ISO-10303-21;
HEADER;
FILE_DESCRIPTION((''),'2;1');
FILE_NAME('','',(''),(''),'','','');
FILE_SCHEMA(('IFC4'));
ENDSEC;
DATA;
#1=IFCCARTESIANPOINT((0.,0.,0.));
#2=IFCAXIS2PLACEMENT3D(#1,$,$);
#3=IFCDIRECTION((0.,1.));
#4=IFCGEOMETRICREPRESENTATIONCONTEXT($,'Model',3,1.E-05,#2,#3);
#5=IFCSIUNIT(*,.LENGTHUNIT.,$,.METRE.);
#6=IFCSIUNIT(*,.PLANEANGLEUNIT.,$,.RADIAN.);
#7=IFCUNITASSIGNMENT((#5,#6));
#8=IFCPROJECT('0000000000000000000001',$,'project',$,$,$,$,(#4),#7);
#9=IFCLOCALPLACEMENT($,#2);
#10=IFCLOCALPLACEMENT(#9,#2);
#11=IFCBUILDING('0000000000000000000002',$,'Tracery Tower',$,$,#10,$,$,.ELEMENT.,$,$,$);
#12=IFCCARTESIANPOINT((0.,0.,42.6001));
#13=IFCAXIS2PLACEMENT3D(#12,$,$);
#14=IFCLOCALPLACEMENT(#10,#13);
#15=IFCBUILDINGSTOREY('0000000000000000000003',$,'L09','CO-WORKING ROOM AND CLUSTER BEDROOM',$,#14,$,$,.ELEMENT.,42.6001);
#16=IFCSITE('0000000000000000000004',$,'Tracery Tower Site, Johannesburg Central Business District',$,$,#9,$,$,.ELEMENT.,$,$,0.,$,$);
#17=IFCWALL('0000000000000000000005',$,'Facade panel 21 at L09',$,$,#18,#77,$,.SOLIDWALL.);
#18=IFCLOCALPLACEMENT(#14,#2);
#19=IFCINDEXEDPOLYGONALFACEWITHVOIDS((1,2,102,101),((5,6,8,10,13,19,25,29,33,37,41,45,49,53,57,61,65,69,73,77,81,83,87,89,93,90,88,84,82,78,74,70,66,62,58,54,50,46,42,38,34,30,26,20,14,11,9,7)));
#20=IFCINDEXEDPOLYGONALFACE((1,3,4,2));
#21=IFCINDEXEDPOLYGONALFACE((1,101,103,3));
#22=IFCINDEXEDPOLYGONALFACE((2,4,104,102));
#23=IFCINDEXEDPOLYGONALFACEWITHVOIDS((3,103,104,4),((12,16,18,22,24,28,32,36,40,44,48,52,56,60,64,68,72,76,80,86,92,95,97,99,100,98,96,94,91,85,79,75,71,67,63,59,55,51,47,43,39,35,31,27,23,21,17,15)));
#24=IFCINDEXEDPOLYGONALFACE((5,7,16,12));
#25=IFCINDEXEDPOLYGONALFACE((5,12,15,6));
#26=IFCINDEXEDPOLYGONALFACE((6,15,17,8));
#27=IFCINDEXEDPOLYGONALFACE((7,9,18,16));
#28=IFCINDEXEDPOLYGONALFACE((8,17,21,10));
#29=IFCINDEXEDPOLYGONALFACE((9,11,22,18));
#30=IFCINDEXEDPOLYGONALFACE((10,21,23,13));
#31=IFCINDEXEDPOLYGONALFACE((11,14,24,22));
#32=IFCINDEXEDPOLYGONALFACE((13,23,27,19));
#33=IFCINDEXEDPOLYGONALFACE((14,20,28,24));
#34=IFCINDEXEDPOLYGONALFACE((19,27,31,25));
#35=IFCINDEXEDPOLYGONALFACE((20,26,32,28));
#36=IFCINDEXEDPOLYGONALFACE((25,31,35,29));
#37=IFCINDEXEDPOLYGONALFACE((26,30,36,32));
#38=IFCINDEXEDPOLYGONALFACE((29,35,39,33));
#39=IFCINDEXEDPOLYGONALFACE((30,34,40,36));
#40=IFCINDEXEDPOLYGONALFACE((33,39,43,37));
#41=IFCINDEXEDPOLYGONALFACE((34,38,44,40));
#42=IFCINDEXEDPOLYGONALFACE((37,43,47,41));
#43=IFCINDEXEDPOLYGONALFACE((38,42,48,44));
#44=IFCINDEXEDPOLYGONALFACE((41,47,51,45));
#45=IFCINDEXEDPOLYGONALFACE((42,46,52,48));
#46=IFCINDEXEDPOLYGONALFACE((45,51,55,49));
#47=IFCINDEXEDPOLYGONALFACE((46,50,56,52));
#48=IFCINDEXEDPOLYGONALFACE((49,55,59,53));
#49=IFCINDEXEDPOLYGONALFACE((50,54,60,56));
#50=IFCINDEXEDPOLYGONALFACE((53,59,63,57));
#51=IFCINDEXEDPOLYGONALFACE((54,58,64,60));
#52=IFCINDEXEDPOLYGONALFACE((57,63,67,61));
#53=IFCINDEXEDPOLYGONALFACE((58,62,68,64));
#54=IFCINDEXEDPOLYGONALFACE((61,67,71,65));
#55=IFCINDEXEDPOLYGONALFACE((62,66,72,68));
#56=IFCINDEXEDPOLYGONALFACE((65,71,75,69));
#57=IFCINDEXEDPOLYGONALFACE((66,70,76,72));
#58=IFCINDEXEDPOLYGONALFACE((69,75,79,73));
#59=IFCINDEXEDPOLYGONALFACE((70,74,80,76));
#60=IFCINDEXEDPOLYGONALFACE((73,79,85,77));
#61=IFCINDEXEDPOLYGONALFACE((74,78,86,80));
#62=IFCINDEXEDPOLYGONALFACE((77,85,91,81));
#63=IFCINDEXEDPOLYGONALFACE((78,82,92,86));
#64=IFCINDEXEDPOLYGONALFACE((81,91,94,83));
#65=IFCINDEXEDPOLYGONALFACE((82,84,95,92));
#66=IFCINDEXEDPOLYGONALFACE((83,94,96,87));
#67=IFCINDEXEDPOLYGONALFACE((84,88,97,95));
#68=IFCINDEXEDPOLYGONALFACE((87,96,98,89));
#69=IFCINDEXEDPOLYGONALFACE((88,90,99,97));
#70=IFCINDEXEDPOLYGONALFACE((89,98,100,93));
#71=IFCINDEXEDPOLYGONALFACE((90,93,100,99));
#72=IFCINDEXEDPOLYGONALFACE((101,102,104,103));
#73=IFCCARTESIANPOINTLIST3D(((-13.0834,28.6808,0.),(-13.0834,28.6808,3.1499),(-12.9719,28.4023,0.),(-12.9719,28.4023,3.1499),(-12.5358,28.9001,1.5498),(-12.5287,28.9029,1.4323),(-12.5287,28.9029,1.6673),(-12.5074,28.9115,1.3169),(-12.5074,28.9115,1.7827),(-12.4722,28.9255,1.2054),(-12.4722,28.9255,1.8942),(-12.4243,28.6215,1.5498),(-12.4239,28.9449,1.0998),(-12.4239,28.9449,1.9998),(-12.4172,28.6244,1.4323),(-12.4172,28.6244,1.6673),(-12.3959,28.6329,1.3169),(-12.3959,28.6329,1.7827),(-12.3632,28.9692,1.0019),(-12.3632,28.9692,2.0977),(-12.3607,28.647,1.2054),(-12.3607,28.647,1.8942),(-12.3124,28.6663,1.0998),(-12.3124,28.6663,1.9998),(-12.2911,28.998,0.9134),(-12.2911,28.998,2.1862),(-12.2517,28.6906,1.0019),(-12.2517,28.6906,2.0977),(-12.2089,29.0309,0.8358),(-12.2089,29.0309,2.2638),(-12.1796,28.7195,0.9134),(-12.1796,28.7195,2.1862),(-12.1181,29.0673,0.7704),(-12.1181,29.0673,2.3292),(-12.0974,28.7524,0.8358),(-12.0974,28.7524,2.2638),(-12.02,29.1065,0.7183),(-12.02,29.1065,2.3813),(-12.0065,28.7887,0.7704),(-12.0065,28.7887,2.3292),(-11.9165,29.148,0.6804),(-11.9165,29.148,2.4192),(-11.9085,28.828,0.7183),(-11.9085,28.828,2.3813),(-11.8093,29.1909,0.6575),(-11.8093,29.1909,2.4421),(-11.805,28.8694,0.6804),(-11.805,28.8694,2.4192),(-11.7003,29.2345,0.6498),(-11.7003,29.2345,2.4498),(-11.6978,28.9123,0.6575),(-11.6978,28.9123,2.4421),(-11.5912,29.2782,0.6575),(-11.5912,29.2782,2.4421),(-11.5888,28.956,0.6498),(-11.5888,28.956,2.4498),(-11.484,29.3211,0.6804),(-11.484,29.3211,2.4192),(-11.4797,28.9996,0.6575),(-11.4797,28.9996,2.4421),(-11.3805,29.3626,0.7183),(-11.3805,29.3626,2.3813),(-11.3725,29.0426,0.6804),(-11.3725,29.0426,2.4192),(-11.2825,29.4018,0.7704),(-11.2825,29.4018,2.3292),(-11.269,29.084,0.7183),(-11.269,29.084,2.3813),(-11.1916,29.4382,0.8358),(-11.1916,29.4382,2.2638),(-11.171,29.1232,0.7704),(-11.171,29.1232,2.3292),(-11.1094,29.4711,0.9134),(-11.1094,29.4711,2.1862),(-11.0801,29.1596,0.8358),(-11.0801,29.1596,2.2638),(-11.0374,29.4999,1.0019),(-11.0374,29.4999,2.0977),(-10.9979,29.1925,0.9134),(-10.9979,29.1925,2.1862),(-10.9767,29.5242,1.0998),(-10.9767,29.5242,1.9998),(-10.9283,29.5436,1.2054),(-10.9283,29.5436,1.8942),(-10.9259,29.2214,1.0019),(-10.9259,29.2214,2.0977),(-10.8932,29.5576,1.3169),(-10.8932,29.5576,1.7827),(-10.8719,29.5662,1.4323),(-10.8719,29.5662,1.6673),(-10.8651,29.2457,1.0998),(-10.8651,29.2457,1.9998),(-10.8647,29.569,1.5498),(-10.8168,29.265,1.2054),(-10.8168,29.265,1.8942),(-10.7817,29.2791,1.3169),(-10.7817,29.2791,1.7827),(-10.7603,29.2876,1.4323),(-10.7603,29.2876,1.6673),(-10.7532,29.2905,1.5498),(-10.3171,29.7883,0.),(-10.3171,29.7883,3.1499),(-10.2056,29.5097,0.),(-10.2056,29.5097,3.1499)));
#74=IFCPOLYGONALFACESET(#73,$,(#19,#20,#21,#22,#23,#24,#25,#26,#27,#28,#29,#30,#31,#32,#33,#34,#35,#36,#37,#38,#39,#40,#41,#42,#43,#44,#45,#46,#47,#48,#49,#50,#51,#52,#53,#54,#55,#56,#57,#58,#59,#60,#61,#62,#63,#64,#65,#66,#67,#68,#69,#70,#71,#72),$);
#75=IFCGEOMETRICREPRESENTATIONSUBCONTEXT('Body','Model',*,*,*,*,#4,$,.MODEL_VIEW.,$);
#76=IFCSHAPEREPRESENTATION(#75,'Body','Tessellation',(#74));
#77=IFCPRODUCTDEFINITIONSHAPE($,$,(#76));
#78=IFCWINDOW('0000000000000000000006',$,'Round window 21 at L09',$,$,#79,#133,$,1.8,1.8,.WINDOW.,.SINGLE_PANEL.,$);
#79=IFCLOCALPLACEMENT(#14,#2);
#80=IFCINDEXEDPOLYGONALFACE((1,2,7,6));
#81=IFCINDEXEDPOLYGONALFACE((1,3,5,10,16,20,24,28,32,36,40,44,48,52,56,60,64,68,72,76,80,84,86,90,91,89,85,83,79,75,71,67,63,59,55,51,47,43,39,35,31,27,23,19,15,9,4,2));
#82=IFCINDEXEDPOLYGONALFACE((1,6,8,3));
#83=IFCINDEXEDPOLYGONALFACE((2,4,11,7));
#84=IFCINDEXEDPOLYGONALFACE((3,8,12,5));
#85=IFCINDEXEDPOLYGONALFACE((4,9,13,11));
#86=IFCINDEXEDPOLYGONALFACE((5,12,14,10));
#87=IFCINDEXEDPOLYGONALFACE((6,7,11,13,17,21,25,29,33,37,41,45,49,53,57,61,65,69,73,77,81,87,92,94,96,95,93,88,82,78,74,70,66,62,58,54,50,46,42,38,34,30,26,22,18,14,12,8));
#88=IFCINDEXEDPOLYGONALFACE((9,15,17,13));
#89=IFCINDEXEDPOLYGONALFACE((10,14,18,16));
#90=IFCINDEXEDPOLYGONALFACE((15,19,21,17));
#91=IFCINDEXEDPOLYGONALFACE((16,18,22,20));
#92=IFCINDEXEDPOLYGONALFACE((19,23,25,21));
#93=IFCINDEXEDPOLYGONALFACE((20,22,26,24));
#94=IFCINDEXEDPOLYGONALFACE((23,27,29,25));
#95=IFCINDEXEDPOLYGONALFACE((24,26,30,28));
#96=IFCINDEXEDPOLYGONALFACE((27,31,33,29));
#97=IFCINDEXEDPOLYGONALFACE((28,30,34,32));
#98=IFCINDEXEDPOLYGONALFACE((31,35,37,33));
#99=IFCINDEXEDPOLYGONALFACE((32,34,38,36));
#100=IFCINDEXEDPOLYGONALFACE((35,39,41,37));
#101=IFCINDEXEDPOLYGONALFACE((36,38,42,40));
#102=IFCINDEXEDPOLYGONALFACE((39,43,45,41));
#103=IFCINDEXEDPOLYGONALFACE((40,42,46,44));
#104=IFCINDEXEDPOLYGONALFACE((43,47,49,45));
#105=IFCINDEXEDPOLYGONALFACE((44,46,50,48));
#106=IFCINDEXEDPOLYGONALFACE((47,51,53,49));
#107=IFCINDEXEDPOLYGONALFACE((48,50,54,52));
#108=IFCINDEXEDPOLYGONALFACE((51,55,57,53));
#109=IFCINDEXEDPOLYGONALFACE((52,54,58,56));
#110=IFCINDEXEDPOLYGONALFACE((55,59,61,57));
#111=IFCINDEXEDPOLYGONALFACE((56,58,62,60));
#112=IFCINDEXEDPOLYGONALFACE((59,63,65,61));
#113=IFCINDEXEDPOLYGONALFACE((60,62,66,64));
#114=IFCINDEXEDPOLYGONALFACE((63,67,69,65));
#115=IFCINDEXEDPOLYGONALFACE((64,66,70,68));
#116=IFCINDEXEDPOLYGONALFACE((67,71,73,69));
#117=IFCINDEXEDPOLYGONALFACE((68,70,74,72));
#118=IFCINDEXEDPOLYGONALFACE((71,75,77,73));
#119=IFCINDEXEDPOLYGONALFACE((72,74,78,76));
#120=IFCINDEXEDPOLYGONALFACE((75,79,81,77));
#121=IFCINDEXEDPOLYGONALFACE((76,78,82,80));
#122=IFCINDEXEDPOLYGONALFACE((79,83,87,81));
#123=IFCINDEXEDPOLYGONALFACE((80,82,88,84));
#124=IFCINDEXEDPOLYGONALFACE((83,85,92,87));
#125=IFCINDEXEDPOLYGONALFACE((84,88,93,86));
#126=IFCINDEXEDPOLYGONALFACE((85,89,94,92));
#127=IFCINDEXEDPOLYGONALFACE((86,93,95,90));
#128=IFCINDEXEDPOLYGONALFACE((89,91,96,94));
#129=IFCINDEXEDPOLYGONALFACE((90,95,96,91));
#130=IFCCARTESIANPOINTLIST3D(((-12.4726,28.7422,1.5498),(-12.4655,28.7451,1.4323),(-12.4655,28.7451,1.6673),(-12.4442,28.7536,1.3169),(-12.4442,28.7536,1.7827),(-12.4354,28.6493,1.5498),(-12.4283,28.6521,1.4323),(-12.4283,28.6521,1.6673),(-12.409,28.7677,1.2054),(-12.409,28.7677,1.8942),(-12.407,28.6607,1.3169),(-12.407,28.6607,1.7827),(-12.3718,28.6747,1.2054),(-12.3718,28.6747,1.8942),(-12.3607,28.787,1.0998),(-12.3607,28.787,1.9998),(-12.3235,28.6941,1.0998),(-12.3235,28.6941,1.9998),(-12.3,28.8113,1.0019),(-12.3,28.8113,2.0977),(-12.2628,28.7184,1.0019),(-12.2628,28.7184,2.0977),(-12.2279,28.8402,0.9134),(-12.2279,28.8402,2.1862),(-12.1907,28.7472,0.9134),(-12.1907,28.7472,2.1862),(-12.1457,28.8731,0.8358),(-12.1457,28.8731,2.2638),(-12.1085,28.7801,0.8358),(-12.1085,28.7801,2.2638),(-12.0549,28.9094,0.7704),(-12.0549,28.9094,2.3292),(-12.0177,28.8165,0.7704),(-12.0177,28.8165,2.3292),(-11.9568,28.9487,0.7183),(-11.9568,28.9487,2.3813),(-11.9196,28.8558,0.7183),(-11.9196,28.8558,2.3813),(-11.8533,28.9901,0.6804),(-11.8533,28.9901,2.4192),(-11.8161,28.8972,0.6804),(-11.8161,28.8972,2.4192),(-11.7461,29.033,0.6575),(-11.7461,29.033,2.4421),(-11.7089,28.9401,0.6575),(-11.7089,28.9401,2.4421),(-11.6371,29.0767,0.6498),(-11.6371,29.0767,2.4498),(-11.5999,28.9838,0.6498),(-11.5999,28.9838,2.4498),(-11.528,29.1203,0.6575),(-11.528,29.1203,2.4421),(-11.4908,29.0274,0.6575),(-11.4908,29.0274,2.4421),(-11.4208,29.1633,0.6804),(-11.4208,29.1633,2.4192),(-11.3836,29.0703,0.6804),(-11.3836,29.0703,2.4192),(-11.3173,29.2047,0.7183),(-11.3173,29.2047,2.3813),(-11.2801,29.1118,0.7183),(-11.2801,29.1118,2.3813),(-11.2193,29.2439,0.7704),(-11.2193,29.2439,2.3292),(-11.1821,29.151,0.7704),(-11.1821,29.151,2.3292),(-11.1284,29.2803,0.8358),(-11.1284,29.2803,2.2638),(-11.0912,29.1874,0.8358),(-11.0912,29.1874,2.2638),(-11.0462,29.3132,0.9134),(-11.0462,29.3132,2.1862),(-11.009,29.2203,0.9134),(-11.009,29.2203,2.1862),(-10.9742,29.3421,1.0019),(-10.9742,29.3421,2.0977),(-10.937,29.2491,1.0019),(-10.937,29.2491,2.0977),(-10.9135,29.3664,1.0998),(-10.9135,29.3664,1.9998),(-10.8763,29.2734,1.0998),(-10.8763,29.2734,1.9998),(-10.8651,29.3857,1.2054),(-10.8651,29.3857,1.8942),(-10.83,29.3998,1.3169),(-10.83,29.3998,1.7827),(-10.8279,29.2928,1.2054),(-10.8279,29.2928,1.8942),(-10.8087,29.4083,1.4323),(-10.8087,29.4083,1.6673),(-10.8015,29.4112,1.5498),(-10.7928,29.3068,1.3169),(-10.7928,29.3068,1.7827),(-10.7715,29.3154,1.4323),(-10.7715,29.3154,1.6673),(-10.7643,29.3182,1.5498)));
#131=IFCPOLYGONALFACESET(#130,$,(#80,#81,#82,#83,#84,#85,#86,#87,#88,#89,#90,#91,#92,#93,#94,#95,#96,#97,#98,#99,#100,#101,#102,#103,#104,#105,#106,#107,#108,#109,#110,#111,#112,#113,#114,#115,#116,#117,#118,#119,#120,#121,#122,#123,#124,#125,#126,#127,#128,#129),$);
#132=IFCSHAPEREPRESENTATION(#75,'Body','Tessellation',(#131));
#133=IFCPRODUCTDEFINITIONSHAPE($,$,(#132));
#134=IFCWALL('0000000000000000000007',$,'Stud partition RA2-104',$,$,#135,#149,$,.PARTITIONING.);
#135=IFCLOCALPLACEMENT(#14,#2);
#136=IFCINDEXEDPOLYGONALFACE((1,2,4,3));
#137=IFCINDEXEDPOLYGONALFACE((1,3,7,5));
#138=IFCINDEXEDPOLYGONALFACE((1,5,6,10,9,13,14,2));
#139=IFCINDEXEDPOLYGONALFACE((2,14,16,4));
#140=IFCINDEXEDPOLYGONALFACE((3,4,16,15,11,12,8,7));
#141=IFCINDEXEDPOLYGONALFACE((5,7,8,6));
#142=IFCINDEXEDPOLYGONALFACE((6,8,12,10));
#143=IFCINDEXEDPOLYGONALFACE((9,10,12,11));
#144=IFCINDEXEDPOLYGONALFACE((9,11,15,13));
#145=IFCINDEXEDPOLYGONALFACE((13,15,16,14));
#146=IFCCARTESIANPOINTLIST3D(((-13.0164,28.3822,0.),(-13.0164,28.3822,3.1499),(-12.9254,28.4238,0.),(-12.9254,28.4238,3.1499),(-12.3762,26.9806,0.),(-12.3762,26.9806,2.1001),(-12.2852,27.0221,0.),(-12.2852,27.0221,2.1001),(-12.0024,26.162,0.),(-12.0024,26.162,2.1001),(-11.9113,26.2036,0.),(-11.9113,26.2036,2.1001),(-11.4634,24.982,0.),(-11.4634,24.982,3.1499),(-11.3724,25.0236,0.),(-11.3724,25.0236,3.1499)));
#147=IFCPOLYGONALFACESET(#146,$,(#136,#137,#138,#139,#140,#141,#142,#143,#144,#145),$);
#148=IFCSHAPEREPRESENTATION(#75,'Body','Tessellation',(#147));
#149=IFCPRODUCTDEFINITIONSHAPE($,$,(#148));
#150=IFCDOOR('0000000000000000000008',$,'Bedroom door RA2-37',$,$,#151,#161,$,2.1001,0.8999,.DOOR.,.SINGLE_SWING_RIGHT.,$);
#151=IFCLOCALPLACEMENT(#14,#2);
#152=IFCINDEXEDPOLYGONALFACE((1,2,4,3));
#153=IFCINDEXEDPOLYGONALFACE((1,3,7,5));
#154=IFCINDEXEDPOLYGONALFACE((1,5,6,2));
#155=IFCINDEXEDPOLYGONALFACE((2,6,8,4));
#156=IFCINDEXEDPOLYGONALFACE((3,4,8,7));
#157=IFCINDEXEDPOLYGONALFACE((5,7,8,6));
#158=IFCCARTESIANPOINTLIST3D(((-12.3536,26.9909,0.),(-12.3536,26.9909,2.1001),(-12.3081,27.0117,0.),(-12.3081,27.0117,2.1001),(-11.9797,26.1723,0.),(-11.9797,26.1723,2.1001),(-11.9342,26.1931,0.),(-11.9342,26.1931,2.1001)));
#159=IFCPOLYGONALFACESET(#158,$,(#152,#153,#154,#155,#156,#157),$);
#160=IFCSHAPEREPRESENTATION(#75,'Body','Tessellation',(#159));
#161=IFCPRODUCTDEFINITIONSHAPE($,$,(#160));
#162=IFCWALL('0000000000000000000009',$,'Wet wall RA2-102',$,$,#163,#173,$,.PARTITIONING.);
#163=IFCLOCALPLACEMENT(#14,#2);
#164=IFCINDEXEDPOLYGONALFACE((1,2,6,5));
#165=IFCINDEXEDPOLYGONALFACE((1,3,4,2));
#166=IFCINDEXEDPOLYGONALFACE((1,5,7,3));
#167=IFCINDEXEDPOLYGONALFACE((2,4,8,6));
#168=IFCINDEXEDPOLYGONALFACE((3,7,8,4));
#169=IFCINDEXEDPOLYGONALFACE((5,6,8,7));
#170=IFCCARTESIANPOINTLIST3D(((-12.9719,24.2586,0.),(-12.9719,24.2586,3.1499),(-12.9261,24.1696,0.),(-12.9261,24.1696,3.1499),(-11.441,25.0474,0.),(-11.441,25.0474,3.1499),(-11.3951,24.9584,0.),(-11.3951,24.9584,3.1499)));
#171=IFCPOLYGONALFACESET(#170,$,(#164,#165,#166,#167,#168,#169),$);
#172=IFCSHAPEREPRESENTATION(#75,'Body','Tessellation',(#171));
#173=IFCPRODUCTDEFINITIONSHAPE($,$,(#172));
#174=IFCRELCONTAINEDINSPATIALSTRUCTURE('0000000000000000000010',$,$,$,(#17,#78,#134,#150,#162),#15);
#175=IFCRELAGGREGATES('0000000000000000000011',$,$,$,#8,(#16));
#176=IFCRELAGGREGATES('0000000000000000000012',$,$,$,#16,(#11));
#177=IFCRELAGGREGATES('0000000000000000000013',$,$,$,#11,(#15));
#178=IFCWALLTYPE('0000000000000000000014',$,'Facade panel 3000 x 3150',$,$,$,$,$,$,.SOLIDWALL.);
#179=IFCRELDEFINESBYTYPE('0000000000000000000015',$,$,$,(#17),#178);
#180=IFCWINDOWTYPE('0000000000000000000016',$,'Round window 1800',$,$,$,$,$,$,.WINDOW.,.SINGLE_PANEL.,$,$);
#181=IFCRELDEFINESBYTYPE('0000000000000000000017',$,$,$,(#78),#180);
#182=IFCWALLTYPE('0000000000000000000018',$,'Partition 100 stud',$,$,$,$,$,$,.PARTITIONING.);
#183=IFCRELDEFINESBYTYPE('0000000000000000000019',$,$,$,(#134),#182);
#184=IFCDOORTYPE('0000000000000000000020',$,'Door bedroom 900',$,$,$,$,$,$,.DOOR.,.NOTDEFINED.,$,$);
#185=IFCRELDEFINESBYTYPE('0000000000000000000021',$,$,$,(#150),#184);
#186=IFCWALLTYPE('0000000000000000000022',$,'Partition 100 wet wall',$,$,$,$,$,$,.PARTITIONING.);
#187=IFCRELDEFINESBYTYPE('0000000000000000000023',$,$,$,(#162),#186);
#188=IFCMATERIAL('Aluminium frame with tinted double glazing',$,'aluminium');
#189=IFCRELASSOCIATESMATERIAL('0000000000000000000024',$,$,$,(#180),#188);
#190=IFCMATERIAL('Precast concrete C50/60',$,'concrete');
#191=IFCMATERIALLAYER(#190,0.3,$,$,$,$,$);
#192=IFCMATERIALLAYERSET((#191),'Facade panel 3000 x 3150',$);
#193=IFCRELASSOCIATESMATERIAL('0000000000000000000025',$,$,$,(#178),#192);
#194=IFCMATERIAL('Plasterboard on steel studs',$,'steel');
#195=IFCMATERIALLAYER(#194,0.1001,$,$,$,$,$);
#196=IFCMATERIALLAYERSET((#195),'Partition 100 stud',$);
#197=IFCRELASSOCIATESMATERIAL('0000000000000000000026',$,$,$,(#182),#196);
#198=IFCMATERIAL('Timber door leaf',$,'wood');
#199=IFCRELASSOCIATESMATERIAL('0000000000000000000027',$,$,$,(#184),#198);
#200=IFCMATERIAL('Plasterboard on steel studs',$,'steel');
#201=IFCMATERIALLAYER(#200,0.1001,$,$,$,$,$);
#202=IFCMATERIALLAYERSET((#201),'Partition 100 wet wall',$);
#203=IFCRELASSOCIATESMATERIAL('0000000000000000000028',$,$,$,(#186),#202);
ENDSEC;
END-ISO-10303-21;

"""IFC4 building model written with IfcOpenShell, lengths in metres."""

from ifc_helpers import new_model, si_unit, direction, frame, frame_2d, origin, origin_2d, place, context, subcontext, project, spatial, rectangle, circle, extrude, material, layer, layer_set, type_object, element, fill, save


model = new_model("IFC4")

# Units and contexts
model_context = context("Model", 3, precision=1e-05, world=origin(), true_north=direction((0.0, 1.0)))
body_context = subcontext(model_context, "Body", "Model", "MODEL_VIEW")
ifc_project = project(units=[si_unit("LENGTHUNIT", "METRE"), si_unit("PLANEANGLEUNIT", "RADIAN")], contexts=[model_context])

# Site, building, storey
site_placement = place(None, origin())
site = spatial("IfcSite", under=ifc_project, at=site_placement, Name="Tracery Tower Site, Johannesburg Central Business District", CompositionType="ELEMENT", RefElevation=0.0)
building_placement = place(site_placement, origin())
building = spatial("IfcBuilding", under=site, at=building_placement, Name="Tracery Tower", CompositionType="ELEMENT")
storey_placement = place(building_placement, frame((0.0, 0.0, 42.6001)))
storey = spatial("IfcBuildingStorey", under=building, at=storey_placement, Name="L09", Description="CO-WORKING ROOM AND CLUSTER BEDROOM", CompositionType="ELEMENT", Elevation=42.6001)

# Wall, opening, window
ifc_material_1 = material(Name="Aluminium frame with tinted double glazing", Category="aluminium")
window_type = type_object("IfcWindowType", Name="Round window 1800", PartitioningType="SINGLE_PANEL", PredefinedType="WINDOW", material=ifc_material_1)
ifc_material_2 = material(Name="Precast concrete C50/60", Category="concrete")
ifc_layer_1 = layer(ifc_material_2, 0.3)
ifc_layer_set_1 = layer_set([ifc_layer_1], Name="Facade panel 3000 x 3150")
wall_type_1 = type_object("IfcWallType", Name="Facade panel 3000 x 3150", PredefinedType="SOLIDWALL", material=ifc_layer_set_1)
wall_1_placement = place(storey_placement, frame((-10.2615, 29.6489, 0.0), z_axis=(0.0, 0.0, 1.0), x_axis=(-0.928375, -0.371645, 0.0)))
wall_1 = element("IfcWall", 1, at=wall_1_placement, inside=storey, type_object=wall_type_1, Name="Facade panel 21 at L09", PredefinedType="SOLIDWALL", context=body_context, shape_type="SweptSolid", body=[
    extrude(rectangle(XDim=2.9797, YDim=0.3, at=frame_2d((1.4897, 0.0))), origin(), (0.0, 0.0, 1.0), 3.1499),
])
opening_1_placement = place(wall_1_placement, frame((1.4897, 0.0, 1.5498)))
opening_1 = element("IfcOpeningElement", 2, at=opening_1_placement, cuts=wall_1, PredefinedType="OPENING", context=body_context, shape_type="SweptSolid", body=[
    extrude(circle(Radius=0.9, at=origin_2d()), frame((0.0, 0.1599, 0.0), z_axis=(0.0, -1.0, 0.0), x_axis=(1.0, 0.0, 0.0)), (0.0, 0.0, 1.0), 0.3201),
])
window_1_placement = place(opening_1_placement, origin())
window_1 = element("IfcWindow", 3, at=window_1_placement, inside=storey, type_object=window_type, Name="Round window 21 at L09", OverallHeight=1.8, OverallWidth=1.8, PartitioningType="SINGLE_PANEL", PredefinedType="WINDOW", context=body_context, shape_type="SweptSolid", body=[
    extrude(circle(Radius=0.9, at=origin_2d()), frame((0.0, 0.1201, 0.0), z_axis=(0.0, -1.0, 0.0), x_axis=(1.0, 0.0, 0.0)), (0.0, 0.0, 1.0), 0.1001),
])
fill(opening_1, window_1)

# Wall, opening, door
ifc_material_3 = material(Name="Plasterboard on steel studs", Category="steel")
ifc_layer_2 = layer(ifc_material_3, 0.1001)
ifc_layer_set_2 = layer_set([ifc_layer_2], Name="Partition 100 stud")
wall_type_2 = type_object("IfcWallType", Name="Partition 100 stud", PredefinedType="PARTITIONING", material=ifc_layer_set_2)
wall_2_placement = place(storey_placement, frame((-12.9709, 28.4031, 0.0), z_axis=(0.0, 0.0, 1.0), x_axis=(0.415456, -0.909613, 0.0)))
wall_2 = element("IfcWall", 4, at=wall_2_placement, inside=storey, type_object=wall_type_2, Name="Stud partition RA2-104", PredefinedType="PARTITIONING", context=body_context, shape_type="SweptSolid", body=[
    extrude(rectangle(XDim=3.738, YDim=0.1001, at=frame_2d((1.8691, 0.0))), origin(), (0.0, 0.0, 1.0), 3.1499),
])
opening_2_placement = place(wall_2_placement, frame((1.541, 0.0, 0.0)))
opening_2 = element("IfcOpeningElement", 5, at=opening_2_placement, cuts=wall_2, PredefinedType="OPENING", context=body_context, shape_type="SweptSolid", body=[
    extrude(rectangle(XDim=0.8999, YDim=2.1001, at=frame_2d((0.45, 1.05))), frame((0.0, 0.05, 0.0), z_axis=(0.0, -1.0, 0.0), x_axis=(1.0, 0.0, 0.0)), (0.0, 0.0, 1.0), 0.1001),
])
ifc_material_4 = material(Name="Timber door leaf", Category="wood")
door_type_1 = type_object("IfcDoorType", Name="Door bedroom 900", OperationType="NOTDEFINED", PredefinedType="DOOR", material=ifc_material_4)
door_1_placement = place(opening_2_placement, origin())
door_1 = element("IfcDoor", 6, at=door_1_placement, inside=storey, type_object=door_type_1, Name="Bedroom door RA2-37", OperationType="SINGLE_SWING_RIGHT", OverallHeight=2.1001, OverallWidth=0.8999, PredefinedType="DOOR", context=body_context, shape_type="SweptSolid", body=[
    extrude(rectangle(XDim=0.8999, YDim=2.1001, at=frame_2d((0.45, 1.05))), frame((0.0, 0.0249, 0.0), z_axis=(0.0, -1.0, 0.0), x_axis=(1.0, 0.0, 0.0)), (0.0, 0.0, 1.0), 0.05),
])
fill(opening_2, door_1)

# Wall
ifc_material_5 = material(Name="Plasterboard on steel studs", Category="steel")
ifc_layer_3 = layer(ifc_material_5, 0.1001)
ifc_layer_set_3 = layer_set([ifc_layer_3], Name="Partition 100 wet wall")
wall_type_3 = type_object("IfcWallType", Name="Partition 100 wet wall", PredefinedType="PARTITIONING", material=ifc_layer_set_3)
wall_3_placement = place(storey_placement, frame((-12.949, 24.2141, 0.0), z_axis=(0.0, 0.0, 1.0), x_axis=(0.888947, 0.458011, 0.0)))
element("IfcWall", 7, at=wall_3_placement, inside=storey, type_object=wall_type_3, Name="Wet wall RA2-102", PredefinedType="PARTITIONING", context=body_context, shape_type="SweptSolid", body=[
    extrude(rectangle(XDim=1.7222, YDim=0.1001, at=frame_2d((0.8611, 0.0))), origin(), (0.0, 0.0, 1.0), 3.1499),
])

save(model, "model.ifc")
